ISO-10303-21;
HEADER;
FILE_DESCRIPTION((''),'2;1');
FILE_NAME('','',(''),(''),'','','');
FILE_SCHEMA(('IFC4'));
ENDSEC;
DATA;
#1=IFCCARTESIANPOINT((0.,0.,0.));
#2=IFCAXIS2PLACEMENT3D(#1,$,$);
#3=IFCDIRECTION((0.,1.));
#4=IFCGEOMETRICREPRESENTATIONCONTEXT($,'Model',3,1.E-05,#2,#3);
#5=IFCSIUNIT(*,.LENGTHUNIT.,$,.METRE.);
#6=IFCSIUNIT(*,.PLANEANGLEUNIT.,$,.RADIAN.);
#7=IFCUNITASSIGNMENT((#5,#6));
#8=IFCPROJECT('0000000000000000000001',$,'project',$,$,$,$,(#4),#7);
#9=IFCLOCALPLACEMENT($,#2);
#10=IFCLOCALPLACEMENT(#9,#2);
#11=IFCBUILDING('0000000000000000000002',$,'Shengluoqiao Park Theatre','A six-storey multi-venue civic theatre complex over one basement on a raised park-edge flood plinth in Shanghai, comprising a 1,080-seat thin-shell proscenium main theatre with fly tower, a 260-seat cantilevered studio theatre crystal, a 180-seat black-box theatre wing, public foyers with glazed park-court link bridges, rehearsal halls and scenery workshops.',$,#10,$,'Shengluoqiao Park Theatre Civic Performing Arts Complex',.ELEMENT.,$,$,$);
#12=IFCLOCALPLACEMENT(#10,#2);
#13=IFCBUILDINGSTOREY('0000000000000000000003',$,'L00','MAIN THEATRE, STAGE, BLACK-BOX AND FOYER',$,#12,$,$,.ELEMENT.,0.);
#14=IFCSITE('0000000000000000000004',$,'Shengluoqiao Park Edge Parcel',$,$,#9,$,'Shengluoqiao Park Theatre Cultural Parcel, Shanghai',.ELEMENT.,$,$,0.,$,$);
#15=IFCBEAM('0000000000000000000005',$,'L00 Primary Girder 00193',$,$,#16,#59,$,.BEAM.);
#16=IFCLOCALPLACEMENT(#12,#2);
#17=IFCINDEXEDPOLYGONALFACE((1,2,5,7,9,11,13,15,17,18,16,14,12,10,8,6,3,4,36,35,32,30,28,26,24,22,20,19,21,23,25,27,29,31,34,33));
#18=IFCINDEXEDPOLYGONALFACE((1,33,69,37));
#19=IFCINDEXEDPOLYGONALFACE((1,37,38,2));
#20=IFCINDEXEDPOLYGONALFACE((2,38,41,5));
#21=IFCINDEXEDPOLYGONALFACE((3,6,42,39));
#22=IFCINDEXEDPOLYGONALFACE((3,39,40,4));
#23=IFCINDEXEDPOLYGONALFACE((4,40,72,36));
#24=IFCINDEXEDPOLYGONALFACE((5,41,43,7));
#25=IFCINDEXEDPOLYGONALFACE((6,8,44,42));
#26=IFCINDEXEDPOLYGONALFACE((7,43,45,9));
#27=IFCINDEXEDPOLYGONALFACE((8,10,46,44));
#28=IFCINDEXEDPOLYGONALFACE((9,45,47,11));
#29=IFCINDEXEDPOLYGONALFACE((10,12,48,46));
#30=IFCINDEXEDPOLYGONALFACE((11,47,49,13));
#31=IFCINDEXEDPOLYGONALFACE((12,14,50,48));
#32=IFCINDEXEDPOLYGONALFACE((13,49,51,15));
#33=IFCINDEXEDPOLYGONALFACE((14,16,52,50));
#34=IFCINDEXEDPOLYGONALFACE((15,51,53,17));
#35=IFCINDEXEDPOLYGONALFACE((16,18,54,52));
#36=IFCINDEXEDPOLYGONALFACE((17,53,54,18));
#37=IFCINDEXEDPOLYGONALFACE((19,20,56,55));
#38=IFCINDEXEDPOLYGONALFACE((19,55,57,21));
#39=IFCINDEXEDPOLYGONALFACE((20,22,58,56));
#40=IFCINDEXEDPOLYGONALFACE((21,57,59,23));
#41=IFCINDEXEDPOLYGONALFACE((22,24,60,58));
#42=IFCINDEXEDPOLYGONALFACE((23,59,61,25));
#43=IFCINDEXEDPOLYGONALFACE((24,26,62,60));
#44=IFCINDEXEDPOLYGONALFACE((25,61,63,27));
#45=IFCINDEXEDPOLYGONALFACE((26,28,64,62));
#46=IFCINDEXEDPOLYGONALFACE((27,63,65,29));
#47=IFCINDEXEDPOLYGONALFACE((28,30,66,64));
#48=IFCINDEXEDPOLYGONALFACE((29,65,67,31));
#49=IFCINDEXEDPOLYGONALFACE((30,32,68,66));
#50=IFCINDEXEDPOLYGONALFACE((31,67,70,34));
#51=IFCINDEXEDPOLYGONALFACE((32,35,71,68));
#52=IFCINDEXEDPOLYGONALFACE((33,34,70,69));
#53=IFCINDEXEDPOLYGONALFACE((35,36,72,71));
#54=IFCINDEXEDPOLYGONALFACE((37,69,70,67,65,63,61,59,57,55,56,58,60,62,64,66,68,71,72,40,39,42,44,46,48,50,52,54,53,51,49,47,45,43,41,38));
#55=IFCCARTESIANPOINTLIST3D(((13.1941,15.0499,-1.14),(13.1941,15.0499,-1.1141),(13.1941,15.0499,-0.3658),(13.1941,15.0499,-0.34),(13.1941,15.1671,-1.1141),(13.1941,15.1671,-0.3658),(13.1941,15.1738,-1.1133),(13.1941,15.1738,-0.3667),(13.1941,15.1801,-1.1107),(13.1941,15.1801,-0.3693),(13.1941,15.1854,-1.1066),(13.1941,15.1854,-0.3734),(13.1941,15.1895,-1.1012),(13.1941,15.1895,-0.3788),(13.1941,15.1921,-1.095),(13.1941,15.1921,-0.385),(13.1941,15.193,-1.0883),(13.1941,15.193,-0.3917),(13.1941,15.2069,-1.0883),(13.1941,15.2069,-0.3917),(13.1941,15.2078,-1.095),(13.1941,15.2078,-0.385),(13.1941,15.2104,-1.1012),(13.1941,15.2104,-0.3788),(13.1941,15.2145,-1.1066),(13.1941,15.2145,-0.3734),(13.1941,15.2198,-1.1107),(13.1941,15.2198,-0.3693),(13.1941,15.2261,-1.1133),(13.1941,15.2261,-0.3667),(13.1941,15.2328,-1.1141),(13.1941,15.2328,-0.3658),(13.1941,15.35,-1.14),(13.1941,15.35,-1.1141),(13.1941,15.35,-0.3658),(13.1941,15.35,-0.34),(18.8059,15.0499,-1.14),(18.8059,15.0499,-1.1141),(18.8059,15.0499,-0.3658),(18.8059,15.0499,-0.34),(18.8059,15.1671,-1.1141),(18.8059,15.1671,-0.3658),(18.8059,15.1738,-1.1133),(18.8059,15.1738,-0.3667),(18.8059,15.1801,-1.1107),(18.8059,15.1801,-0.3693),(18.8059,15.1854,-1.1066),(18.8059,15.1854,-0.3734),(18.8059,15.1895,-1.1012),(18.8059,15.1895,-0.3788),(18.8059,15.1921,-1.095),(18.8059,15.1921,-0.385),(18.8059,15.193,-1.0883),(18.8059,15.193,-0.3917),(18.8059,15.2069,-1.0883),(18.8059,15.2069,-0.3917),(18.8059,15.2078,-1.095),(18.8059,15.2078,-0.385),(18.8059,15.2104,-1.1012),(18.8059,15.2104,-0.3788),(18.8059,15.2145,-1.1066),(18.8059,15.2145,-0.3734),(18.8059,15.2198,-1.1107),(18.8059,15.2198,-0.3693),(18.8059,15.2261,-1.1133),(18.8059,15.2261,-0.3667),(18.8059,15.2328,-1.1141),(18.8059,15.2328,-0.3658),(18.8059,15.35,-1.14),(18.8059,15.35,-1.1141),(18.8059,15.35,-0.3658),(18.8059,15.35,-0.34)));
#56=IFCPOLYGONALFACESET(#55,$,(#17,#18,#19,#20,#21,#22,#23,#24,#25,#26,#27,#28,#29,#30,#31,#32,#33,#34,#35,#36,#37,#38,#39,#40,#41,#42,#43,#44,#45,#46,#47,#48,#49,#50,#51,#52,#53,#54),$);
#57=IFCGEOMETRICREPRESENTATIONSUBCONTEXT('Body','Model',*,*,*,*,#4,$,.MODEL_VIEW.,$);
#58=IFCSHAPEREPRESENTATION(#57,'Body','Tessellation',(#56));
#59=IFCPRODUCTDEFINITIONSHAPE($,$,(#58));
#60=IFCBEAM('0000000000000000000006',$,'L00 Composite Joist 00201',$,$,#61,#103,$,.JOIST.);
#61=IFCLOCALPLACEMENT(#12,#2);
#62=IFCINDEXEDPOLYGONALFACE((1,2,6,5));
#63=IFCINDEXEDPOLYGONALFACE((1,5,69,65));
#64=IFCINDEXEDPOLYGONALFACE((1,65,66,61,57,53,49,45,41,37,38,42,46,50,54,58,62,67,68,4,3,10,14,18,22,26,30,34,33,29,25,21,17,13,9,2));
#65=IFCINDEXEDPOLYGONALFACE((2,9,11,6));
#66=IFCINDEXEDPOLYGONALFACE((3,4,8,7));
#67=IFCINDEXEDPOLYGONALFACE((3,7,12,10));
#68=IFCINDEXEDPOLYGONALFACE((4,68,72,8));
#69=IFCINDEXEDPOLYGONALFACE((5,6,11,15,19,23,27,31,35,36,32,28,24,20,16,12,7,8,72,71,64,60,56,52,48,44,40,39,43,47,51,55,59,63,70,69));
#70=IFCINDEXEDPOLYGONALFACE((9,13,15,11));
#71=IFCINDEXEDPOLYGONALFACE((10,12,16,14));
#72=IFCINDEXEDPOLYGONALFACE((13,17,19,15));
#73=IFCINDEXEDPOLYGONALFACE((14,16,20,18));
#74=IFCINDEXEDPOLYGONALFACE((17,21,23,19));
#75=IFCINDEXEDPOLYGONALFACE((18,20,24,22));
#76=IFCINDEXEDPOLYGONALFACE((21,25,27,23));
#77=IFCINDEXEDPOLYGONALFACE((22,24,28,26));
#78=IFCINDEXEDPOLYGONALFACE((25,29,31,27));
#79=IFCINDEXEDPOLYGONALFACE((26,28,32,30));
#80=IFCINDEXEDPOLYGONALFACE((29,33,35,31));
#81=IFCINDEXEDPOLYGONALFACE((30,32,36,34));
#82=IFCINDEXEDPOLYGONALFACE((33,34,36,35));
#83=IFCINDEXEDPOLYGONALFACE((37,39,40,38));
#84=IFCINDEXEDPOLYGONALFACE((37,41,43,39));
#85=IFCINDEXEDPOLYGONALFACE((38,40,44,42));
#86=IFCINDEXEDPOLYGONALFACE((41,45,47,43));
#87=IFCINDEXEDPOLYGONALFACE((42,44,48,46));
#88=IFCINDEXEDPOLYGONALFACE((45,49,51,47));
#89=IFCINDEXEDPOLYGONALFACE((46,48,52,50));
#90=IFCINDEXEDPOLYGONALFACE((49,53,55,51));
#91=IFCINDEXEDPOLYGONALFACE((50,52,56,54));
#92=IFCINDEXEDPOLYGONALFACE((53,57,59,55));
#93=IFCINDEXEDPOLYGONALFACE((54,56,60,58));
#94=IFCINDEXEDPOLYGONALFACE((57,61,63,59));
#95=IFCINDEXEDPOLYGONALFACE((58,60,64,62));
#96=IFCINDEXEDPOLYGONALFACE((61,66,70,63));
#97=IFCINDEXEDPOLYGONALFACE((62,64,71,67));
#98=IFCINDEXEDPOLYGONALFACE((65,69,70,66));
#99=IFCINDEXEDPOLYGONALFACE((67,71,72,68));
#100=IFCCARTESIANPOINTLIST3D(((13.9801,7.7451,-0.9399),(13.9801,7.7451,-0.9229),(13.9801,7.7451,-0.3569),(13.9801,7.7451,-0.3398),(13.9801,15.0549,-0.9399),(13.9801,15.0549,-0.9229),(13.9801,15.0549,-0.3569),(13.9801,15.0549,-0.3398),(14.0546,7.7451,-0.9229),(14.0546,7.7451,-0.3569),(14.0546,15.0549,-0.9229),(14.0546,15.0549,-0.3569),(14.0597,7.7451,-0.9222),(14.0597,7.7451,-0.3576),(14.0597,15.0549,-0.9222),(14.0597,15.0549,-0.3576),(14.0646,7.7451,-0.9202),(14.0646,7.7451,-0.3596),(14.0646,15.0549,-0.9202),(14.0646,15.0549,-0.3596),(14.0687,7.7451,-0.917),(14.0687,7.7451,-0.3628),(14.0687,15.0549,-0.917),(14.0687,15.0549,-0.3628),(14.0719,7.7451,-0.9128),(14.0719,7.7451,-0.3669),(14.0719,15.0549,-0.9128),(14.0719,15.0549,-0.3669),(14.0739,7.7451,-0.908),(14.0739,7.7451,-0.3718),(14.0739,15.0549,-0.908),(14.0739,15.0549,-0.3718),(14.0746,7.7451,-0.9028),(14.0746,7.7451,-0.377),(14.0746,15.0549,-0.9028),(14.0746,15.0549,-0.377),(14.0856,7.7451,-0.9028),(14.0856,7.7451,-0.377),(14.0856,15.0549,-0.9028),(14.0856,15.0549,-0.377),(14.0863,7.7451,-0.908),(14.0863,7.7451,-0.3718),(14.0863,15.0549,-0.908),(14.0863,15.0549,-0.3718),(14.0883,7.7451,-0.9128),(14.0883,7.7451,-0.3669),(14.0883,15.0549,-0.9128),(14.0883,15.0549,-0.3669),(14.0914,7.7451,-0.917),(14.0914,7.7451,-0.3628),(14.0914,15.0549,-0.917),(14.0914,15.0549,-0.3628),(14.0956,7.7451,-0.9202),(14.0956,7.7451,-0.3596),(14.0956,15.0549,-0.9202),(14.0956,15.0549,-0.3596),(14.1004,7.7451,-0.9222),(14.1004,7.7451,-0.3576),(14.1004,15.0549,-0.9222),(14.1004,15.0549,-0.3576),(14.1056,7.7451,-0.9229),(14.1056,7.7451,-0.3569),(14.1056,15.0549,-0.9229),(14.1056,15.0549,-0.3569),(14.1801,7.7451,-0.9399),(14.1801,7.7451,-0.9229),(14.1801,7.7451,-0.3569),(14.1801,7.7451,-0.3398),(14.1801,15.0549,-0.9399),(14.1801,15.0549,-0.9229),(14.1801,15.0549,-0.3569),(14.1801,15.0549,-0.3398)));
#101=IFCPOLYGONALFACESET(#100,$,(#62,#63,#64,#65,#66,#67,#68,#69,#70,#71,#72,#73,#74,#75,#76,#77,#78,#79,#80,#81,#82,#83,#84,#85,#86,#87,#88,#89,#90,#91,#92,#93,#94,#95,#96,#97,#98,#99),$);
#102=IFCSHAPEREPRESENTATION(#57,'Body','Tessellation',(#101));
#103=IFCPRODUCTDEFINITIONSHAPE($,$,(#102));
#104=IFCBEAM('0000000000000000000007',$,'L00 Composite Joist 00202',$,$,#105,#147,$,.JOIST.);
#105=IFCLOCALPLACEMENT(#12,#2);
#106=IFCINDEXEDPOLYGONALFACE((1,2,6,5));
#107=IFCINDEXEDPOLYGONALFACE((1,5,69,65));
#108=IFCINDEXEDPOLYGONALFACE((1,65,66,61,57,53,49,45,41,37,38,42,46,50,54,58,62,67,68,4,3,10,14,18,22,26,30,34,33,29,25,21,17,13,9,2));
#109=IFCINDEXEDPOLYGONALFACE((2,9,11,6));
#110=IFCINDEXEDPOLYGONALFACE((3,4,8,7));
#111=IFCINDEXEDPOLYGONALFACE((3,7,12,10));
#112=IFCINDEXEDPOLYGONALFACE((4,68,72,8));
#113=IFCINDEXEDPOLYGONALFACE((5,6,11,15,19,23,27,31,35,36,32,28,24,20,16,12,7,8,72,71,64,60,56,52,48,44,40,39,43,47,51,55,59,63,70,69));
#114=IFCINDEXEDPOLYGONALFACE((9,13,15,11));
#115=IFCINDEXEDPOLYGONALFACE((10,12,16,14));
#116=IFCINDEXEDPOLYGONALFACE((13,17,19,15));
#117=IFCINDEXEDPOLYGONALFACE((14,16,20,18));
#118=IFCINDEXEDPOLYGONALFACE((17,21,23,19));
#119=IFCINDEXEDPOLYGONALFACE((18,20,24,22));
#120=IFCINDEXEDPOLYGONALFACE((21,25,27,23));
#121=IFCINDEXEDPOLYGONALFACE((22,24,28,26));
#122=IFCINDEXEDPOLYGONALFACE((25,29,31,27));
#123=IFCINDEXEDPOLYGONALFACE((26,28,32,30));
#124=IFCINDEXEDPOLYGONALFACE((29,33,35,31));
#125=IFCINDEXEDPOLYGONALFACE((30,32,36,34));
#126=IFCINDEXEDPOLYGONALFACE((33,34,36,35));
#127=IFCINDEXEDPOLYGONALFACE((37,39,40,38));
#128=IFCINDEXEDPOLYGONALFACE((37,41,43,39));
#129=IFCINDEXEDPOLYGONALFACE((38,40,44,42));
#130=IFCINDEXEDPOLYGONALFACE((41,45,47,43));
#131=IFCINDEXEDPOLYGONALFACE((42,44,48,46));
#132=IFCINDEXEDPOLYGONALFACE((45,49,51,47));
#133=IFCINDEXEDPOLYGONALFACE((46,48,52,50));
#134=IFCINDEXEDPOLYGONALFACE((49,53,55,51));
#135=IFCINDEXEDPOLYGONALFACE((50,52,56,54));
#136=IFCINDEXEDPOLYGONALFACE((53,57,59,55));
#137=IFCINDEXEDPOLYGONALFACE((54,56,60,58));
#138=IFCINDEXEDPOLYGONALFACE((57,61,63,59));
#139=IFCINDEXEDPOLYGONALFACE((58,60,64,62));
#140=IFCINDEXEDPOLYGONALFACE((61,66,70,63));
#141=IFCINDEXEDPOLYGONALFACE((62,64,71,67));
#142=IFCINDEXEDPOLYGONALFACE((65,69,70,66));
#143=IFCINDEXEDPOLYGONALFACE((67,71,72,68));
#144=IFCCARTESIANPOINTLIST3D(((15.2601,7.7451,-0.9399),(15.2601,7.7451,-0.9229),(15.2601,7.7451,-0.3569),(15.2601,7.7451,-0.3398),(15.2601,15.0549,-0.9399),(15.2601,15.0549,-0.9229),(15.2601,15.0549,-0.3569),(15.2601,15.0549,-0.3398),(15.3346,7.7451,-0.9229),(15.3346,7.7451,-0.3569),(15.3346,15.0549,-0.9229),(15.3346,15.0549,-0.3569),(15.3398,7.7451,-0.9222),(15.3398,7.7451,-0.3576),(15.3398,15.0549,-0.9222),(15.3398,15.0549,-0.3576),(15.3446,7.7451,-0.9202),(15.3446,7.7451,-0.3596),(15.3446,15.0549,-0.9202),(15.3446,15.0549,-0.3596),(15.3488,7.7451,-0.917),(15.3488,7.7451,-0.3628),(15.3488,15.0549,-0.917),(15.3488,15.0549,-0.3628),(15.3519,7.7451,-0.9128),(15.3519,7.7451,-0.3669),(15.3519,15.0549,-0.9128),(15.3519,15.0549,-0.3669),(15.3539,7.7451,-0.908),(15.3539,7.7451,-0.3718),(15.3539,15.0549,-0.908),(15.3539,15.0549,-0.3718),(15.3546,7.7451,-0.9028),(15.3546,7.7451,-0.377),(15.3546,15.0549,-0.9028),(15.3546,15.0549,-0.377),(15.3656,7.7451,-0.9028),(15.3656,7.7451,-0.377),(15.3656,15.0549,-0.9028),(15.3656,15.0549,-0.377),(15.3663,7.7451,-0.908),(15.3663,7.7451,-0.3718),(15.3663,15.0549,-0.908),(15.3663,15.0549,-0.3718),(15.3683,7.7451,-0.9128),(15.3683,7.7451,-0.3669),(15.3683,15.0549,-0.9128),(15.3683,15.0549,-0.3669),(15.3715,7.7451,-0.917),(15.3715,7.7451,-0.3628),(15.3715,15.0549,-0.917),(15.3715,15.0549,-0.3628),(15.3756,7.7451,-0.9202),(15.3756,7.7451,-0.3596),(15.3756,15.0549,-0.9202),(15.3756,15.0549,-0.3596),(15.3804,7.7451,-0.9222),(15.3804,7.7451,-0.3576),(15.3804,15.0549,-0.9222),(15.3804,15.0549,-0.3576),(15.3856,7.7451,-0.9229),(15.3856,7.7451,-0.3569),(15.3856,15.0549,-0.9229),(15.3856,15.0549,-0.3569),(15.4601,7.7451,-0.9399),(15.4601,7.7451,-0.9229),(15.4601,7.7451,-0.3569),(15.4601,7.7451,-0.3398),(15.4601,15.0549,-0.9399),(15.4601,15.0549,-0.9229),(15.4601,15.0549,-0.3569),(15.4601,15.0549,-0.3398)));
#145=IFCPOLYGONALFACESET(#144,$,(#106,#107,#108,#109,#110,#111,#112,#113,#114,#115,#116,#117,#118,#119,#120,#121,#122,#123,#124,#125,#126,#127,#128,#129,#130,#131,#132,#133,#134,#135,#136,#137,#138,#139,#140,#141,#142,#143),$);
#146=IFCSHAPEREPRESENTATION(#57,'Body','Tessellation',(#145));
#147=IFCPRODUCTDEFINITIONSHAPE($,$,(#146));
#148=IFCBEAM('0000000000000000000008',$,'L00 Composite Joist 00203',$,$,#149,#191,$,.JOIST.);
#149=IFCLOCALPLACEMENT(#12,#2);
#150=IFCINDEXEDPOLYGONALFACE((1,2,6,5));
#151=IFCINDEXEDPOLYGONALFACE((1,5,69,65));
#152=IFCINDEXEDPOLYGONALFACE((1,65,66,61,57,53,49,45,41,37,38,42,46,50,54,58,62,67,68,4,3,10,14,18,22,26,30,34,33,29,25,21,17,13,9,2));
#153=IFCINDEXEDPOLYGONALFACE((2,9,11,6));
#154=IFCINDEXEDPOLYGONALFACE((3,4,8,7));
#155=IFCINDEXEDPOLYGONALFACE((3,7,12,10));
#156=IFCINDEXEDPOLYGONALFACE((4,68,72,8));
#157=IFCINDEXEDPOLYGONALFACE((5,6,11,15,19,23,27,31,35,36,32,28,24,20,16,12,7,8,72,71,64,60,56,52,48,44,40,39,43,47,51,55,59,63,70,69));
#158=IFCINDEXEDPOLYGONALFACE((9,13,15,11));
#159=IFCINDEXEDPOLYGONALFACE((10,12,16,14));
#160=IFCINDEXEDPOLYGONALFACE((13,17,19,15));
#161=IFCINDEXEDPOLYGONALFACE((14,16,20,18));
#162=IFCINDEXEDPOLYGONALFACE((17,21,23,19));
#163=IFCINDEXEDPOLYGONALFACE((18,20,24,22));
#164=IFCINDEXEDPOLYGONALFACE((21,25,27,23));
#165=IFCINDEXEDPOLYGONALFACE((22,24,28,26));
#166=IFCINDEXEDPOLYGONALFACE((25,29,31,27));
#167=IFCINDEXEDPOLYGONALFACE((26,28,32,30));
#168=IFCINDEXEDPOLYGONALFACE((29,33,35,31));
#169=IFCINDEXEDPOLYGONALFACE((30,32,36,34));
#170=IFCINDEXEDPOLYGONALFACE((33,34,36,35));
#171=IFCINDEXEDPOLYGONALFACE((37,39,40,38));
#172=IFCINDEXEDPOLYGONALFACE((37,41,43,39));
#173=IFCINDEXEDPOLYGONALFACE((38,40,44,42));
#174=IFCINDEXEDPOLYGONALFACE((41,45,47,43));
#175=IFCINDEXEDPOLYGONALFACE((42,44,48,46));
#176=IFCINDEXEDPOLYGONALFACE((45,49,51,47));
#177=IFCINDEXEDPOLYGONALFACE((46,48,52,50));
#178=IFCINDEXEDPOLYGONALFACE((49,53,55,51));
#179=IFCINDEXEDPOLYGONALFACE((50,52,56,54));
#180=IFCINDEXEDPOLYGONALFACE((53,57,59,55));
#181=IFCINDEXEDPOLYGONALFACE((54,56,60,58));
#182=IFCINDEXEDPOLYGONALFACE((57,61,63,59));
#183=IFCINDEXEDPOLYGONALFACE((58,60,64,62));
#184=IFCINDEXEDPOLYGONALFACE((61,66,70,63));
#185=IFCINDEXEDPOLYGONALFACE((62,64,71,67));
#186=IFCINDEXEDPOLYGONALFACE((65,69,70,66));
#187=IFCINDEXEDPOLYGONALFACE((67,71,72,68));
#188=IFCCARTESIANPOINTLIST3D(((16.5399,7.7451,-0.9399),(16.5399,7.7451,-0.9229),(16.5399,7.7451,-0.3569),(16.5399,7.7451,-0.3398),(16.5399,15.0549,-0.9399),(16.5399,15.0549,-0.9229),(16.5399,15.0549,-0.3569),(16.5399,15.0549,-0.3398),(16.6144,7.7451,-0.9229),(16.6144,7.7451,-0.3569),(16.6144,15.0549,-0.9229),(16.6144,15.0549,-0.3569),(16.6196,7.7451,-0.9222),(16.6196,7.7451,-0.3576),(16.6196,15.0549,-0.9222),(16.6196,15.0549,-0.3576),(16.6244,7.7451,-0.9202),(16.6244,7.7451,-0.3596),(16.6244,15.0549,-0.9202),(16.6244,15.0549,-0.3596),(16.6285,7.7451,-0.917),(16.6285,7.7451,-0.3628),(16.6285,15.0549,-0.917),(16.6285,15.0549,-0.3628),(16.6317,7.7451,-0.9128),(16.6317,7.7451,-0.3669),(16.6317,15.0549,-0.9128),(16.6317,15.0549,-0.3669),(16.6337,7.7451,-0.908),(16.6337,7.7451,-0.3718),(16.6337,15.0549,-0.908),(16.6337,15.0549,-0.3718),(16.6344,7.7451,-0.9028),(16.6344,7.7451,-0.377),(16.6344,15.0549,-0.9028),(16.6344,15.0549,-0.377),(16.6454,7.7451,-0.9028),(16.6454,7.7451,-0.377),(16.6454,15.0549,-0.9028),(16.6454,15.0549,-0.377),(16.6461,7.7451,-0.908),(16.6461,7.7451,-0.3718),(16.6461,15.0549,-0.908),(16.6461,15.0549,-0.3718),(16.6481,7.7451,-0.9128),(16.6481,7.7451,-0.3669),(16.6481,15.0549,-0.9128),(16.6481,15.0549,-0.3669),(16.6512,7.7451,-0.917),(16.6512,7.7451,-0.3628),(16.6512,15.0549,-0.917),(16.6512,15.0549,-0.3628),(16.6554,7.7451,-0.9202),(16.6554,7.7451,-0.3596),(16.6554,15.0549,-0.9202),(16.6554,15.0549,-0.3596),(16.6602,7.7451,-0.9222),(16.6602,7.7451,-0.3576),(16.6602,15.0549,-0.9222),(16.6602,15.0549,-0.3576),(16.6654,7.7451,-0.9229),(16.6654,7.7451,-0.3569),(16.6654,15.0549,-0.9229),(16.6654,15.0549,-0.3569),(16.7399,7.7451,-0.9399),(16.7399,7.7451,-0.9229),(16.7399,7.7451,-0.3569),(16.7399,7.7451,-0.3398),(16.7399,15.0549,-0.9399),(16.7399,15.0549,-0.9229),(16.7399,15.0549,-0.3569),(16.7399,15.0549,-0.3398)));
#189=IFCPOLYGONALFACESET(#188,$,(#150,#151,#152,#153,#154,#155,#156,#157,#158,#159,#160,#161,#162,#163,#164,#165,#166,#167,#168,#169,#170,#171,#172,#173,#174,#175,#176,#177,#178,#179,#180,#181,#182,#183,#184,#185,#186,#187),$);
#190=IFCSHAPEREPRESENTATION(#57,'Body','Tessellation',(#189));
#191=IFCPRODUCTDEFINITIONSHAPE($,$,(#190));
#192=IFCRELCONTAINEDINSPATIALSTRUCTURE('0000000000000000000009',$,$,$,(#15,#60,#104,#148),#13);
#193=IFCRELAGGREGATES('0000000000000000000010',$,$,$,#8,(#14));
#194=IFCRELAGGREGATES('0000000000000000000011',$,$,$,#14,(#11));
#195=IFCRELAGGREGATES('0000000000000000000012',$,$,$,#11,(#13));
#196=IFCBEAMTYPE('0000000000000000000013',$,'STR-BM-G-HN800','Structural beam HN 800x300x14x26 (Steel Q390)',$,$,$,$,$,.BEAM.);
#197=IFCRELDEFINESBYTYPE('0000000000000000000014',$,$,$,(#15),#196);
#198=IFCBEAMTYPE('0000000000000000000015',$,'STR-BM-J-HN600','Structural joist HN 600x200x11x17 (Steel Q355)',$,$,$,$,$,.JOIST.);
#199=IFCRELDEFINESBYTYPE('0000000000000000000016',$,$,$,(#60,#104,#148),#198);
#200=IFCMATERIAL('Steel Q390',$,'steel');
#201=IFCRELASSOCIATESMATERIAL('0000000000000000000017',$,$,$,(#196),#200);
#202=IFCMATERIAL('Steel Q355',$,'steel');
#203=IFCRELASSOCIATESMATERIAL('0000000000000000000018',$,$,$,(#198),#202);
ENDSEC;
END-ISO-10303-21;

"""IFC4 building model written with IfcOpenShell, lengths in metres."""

from ifc_helpers import new_model, si_unit, direction, frame, origin, origin_2d, place, context, subcontext, project, spatial, i_section, extrude, material, material_profile, profile_set, type_object, element, save


model = new_model("IFC4")

# Units and contexts
model_context = context("Model", 3, precision=1e-05, world=origin(), true_north=direction((0.0, 1.0)))
body_context = subcontext(model_context, "Body", "Model", "MODEL_VIEW")
ifc_project = project(units=[si_unit("LENGTHUNIT", "METRE"), si_unit("PLANEANGLEUNIT", "RADIAN")], contexts=[model_context])

# Site, building, storey
site_placement = place(None, origin())
site = spatial("IfcSite", under=ifc_project, at=site_placement, Name="Shengluoqiao Park Edge Parcel", LongName="Shengluoqiao Park Theatre Cultural Parcel, Shanghai", CompositionType="ELEMENT", RefElevation=0.0)
building_placement = place(site_placement, origin())
building = spatial("IfcBuilding", under=site, at=building_placement, Name="Shengluoqiao Park Theatre", Description="A six-storey multi-venue civic theatre complex over one basement on a raised park-edge flood plinth in Shanghai, comprising a 1,080-seat thin-shell proscenium main theatre with fly tower, a 260-seat cantilevered studio theatre crystal, a 180-seat black-box theatre wing, public foyers with glazed park-court link bridges, rehearsal halls and scenery workshops.", LongName="Shengluoqiao Park Theatre Civic Performing Arts Complex", CompositionType="ELEMENT")
storey_placement = place(building_placement, origin())
storey = spatial("IfcBuildingStorey", under=building, at=storey_placement, Name="L00", Description="MAIN THEATRE, STAGE, BLACK-BOX AND FOYER", CompositionType="ELEMENT", Elevation=0.0)

# Shared definitions
ifc_material_1 = material(Name="Steel Q355", Category="steel")

# Beams
ifc_material_2 = material(Name="Steel Q390", Category="steel")
ifc_material_profile_1 = material_profile(ifc_material_2, i_section(OverallWidth=0.3, OverallDepth=0.8, WebThickness=0.0139, FlangeThickness=0.0259, FilletRadius=0.0259, at=origin_2d()), Name="HN 800x300x14x26")
ifc_profile_set_1 = profile_set([ifc_material_profile_1], Name="Steel Q390")
beam_type_1 = type_object("IfcBeamType", Name="STR-BM-G-HN800", Description="Structural beam HN 800x300x14x26 (Steel Q390)", PredefinedType="BEAM", material=ifc_profile_set_1)
for number, where, z_axis, x_axis, name in (
    (1, (13.1941, 15.2, -0.74), (1.0, 0.0, 0.0), (0.0, 1.0, 0.0), "L00 Primary Girder 00193"),
):
    element("IfcBeam", number, at=place(storey_placement, frame(where, z_axis=z_axis, x_axis=x_axis)), inside=storey, type_object=beam_type_1, Name=name, PredefinedType="BEAM", context=body_context, shape_type="SweptSolid", body=[
        extrude(i_section(OverallWidth=0.3, OverallDepth=0.8, WebThickness=0.0139, FlangeThickness=0.0259, FilletRadius=0.0259, at=origin_2d()), origin(), (0.0, 0.0, 1.0), 5.6118),
    ])
ifc_material_profile_2 = material_profile(ifc_material_1, i_section(OverallWidth=0.2, OverallDepth=0.6001, WebThickness=0.011, FlangeThickness=0.0171, FilletRadius=0.02, at=origin_2d()), Name="HN 600x200x11x17")
ifc_profile_set_2 = profile_set([ifc_material_profile_2], Name="Steel Q355")
beam_type_2 = type_object("IfcBeamType", Name="STR-BM-J-HN600", Description="Structural joist HN 600x200x11x17 (Steel Q355)", PredefinedType="JOIST", material=ifc_profile_set_2)
for number, where, z_axis, x_axis, name in (
    (2, (14.0801, 7.7451, -0.6399), (0.0, 1.0, 0.0), (-1.0, 0.0, 0.0), "L00 Composite Joist 00201"),
    (3, (15.3601, 7.7451, -0.6399), (0.0, 1.0, 0.0), (-1.0, 0.0, 0.0), "L00 Composite Joist 00202"),
    (4, (16.6399, 7.7451, -0.6399), (0.0, 1.0, 0.0), (-1.0, 0.0, 0.0), "L00 Composite Joist 00203"),
):
    element("IfcBeam", number, at=place(storey_placement, frame(where, z_axis=z_axis, x_axis=x_axis)), inside=storey, type_object=beam_type_2, Name=name, PredefinedType="JOIST", context=body_context, shape_type="SweptSolid", body=[
        extrude(i_section(OverallWidth=0.2, OverallDepth=0.6001, WebThickness=0.011, FlangeThickness=0.0171, FilletRadius=0.02, at=origin_2d()), origin(), (0.0, 0.0, 1.0), 7.3098),
    ])

save(model, "model.ifc")
